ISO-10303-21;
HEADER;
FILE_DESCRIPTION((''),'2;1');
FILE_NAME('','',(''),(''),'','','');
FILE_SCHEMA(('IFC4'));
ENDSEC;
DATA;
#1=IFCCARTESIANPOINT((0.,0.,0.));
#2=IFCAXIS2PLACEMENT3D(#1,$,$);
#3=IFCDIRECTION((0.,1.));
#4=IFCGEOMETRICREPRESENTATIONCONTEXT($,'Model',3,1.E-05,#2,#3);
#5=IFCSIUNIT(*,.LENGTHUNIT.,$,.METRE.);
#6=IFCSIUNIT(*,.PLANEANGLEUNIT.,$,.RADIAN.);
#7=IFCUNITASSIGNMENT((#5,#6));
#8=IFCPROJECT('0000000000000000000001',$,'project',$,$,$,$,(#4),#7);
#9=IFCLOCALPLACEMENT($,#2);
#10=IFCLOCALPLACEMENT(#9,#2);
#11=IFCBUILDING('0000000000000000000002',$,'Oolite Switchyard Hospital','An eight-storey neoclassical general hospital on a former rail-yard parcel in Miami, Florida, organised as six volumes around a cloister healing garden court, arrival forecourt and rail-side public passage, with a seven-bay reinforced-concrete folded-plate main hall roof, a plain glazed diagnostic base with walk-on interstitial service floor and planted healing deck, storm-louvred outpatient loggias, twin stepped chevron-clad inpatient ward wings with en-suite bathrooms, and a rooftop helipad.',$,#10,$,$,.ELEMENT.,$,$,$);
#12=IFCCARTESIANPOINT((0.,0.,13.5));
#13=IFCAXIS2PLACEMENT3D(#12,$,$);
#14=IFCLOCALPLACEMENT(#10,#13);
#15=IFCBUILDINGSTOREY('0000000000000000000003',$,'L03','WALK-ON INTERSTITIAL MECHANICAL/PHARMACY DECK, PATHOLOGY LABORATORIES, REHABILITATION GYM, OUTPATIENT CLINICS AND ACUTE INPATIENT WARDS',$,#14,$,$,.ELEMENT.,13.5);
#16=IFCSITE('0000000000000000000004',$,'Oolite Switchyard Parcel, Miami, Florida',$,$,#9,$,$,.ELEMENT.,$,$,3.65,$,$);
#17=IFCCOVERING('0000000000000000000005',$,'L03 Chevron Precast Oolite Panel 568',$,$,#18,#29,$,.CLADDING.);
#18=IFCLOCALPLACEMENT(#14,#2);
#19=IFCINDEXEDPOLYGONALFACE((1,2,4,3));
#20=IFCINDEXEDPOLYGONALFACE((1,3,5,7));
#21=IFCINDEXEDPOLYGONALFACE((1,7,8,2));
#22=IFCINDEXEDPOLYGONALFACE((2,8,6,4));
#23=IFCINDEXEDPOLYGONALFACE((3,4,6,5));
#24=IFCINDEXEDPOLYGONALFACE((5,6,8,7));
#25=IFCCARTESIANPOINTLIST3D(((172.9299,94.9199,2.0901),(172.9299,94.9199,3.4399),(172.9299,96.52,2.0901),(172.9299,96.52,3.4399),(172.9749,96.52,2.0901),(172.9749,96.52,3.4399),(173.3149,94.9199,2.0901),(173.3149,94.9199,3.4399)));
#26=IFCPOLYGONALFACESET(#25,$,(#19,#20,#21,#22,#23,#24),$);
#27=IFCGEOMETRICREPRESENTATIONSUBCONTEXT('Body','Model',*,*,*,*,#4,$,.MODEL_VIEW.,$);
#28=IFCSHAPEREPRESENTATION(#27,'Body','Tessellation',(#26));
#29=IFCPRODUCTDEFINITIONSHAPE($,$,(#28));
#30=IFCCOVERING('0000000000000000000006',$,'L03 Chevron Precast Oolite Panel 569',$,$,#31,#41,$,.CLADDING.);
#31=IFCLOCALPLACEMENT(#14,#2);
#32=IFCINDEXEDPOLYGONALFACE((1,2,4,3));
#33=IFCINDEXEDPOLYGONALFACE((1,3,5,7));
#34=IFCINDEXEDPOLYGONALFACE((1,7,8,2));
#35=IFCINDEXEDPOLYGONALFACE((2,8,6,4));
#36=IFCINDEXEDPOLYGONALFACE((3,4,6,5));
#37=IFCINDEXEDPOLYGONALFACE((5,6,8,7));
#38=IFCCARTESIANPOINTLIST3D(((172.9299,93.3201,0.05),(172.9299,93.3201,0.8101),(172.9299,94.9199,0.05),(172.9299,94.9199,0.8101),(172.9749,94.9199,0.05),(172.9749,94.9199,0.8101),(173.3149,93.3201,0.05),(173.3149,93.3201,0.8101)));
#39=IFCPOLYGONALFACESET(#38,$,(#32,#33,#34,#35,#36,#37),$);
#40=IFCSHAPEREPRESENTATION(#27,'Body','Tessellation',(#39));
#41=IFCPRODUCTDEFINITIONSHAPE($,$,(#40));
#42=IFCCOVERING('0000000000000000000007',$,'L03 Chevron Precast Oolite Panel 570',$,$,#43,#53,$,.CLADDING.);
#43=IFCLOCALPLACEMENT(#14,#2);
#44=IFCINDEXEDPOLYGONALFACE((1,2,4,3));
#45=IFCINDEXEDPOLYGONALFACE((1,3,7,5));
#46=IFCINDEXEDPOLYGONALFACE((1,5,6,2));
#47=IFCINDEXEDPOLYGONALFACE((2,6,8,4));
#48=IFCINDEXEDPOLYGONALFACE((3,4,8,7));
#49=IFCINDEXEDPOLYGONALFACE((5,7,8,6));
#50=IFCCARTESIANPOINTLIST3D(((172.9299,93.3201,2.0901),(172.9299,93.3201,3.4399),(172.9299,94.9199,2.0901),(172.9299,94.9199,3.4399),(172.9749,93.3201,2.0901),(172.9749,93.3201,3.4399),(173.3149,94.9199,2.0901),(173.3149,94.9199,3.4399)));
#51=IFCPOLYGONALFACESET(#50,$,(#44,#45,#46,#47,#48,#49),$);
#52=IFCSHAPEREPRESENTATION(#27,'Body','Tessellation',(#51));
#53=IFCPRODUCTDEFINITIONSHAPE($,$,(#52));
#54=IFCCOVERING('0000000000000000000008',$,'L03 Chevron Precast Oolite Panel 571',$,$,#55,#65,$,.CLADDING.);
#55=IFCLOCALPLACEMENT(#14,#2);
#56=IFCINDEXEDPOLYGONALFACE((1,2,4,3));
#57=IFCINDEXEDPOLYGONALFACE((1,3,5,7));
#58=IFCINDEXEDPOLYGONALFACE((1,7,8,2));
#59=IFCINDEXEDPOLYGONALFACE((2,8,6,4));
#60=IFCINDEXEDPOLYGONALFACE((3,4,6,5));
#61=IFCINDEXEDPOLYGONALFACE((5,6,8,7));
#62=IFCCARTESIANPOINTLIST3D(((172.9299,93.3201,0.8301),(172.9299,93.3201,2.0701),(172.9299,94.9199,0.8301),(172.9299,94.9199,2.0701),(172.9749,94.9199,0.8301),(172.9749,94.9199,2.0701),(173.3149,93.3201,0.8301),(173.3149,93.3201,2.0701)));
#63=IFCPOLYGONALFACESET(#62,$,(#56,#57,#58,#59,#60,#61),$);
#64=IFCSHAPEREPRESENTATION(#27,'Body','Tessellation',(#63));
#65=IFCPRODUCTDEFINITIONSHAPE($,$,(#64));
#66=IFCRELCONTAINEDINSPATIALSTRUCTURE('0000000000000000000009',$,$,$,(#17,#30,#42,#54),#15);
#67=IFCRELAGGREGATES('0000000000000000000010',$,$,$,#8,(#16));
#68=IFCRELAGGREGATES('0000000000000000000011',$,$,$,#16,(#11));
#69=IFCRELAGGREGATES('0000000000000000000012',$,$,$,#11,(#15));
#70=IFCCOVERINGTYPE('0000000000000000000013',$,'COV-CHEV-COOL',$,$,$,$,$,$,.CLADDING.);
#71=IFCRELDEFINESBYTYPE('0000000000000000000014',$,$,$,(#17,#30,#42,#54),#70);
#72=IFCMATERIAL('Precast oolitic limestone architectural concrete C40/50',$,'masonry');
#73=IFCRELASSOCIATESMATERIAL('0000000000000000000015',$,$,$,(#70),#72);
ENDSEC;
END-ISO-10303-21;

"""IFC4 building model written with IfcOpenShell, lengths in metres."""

from ifc_helpers import new_model, si_unit, direction, frame, origin, place, context, subcontext, project, spatial, polyline, outline, extrude, material, type_object, element, save


model = new_model("IFC4")

# Units and contexts
model_context = context("Model", 3, precision=1e-05, world=origin(), true_north=direction((0.0, 1.0)))
body_context = subcontext(model_context, "Body", "Model", "MODEL_VIEW")
ifc_project = project(units=[si_unit("LENGTHUNIT", "METRE"), si_unit("PLANEANGLEUNIT", "RADIAN")], contexts=[model_context])

# Site, building, storey
site_placement = place(None, origin())
site = spatial("IfcSite", under=ifc_project, at=site_placement, Name="Oolite Switchyard Parcel, Miami, Florida", CompositionType="ELEMENT", RefElevation=3.65)
building_placement = place(site_placement, origin())
building = spatial("IfcBuilding", under=site, at=building_placement, Name="Oolite Switchyard Hospital", Description="An eight-storey neoclassical general hospital on a former rail-yard parcel in Miami, Florida, organised as six volumes around a cloister healing garden court, arrival forecourt and rail-side public passage, with a seven-bay reinforced-concrete folded-plate main hall roof, a plain glazed diagnostic base with walk-on interstitial service floor and planted healing deck, storm-louvred outpatient loggias, twin stepped chevron-clad inpatient ward wings with en-suite bathrooms, and a rooftop helipad.", CompositionType="ELEMENT")
storey_placement = place(building_placement, frame((0.0, 0.0, 13.5)))
storey = spatial("IfcBuildingStorey", under=building, at=storey_placement, Name="L03", Description="WALK-ON INTERSTITIAL MECHANICAL/PHARMACY DECK, PATHOLOGY LABORATORIES, REHABILITATION GYM, OUTPATIENT CLINICS AND ACUTE INPATIENT WARDS", CompositionType="ELEMENT", Elevation=13.5)

# Shared definitions
ifc_material_1 = material(Name="Precast oolitic limestone architectural concrete C40/50", Category="masonry")

# Coverings
covering_type = type_object("IfcCoveringType", Name="COV-CHEV-COOL", PredefinedType="CLADDING", material=ifc_material_1)
covering_1_placement = place(storey_placement, frame((172.9299, 96.52, 2.0901), z_axis=(0.0, 0.0, 1.0), x_axis=(0.0, -1.0, 0.0)))
element("IfcCovering", 1, at=covering_1_placement, inside=storey, type_object=covering_type, Name="L03 Chevron Precast Oolite Panel 568", PredefinedType="CLADDING", context=body_context, shape_type="SweptSolid", body=[
    extrude(outline(polyline([(0.0, 0.0), (1.6001, 0.0), (1.6001, 0.385), (0.0, 0.0449), (0.0, 0.0)])), origin(), (0.0, 0.0, 1.0), 1.3499),
])
covering_2_placement = place(storey_placement, frame((172.9299, 94.9199, 0.05), z_axis=(0.0, 0.0, 1.0), x_axis=(0.0, -1.0, 0.0)))
element("IfcCovering", 2, at=covering_2_placement, inside=storey, type_object=covering_type, Name="L03 Chevron Precast Oolite Panel 569", PredefinedType="CLADDING", context=body_context, shape_type="SweptSolid", body=[
    extrude(outline(polyline([(0.0, 0.0), (1.5999, 0.0), (1.5999, 0.385), (0.0, 0.0449), (0.0, 0.0)])), origin(), (0.0, 0.0, 1.0), 0.76),
])
covering_3_placement = place(storey_placement, frame((172.9299, 94.9199, 2.0901), z_axis=(0.0, 0.0, 1.0), x_axis=(0.0, -1.0, 0.0)))
element("IfcCovering", 3, at=covering_3_placement, inside=storey, type_object=covering_type, Name="L03 Chevron Precast Oolite Panel 570", PredefinedType="CLADDING", context=body_context, shape_type="SweptSolid", body=[
    extrude(outline(polyline([(0.0, 0.0), (1.5999, 0.0), (1.5999, 0.0449), (0.0, 0.385), (0.0, 0.0)])), origin(), (0.0, 0.0, 1.0), 1.3499),
])
covering_4_placement = place(storey_placement, frame((172.9299, 94.9199, 0.8301), z_axis=(0.0, 0.0, 1.0), x_axis=(0.0, -1.0, 0.0)))
element("IfcCovering", 4, at=covering_4_placement, inside=storey, type_object=covering_type, Name="L03 Chevron Precast Oolite Panel 571", PredefinedType="CLADDING", context=body_context, shape_type="SweptSolid", body=[
    extrude(outline(polyline([(0.0, 0.0), (1.5999, 0.0), (1.5999, 0.385), (0.0, 0.0449), (0.0, 0.0)])), origin(), (0.0, 0.0, 1.0), 1.24),
])

save(model, "model.ifc")
